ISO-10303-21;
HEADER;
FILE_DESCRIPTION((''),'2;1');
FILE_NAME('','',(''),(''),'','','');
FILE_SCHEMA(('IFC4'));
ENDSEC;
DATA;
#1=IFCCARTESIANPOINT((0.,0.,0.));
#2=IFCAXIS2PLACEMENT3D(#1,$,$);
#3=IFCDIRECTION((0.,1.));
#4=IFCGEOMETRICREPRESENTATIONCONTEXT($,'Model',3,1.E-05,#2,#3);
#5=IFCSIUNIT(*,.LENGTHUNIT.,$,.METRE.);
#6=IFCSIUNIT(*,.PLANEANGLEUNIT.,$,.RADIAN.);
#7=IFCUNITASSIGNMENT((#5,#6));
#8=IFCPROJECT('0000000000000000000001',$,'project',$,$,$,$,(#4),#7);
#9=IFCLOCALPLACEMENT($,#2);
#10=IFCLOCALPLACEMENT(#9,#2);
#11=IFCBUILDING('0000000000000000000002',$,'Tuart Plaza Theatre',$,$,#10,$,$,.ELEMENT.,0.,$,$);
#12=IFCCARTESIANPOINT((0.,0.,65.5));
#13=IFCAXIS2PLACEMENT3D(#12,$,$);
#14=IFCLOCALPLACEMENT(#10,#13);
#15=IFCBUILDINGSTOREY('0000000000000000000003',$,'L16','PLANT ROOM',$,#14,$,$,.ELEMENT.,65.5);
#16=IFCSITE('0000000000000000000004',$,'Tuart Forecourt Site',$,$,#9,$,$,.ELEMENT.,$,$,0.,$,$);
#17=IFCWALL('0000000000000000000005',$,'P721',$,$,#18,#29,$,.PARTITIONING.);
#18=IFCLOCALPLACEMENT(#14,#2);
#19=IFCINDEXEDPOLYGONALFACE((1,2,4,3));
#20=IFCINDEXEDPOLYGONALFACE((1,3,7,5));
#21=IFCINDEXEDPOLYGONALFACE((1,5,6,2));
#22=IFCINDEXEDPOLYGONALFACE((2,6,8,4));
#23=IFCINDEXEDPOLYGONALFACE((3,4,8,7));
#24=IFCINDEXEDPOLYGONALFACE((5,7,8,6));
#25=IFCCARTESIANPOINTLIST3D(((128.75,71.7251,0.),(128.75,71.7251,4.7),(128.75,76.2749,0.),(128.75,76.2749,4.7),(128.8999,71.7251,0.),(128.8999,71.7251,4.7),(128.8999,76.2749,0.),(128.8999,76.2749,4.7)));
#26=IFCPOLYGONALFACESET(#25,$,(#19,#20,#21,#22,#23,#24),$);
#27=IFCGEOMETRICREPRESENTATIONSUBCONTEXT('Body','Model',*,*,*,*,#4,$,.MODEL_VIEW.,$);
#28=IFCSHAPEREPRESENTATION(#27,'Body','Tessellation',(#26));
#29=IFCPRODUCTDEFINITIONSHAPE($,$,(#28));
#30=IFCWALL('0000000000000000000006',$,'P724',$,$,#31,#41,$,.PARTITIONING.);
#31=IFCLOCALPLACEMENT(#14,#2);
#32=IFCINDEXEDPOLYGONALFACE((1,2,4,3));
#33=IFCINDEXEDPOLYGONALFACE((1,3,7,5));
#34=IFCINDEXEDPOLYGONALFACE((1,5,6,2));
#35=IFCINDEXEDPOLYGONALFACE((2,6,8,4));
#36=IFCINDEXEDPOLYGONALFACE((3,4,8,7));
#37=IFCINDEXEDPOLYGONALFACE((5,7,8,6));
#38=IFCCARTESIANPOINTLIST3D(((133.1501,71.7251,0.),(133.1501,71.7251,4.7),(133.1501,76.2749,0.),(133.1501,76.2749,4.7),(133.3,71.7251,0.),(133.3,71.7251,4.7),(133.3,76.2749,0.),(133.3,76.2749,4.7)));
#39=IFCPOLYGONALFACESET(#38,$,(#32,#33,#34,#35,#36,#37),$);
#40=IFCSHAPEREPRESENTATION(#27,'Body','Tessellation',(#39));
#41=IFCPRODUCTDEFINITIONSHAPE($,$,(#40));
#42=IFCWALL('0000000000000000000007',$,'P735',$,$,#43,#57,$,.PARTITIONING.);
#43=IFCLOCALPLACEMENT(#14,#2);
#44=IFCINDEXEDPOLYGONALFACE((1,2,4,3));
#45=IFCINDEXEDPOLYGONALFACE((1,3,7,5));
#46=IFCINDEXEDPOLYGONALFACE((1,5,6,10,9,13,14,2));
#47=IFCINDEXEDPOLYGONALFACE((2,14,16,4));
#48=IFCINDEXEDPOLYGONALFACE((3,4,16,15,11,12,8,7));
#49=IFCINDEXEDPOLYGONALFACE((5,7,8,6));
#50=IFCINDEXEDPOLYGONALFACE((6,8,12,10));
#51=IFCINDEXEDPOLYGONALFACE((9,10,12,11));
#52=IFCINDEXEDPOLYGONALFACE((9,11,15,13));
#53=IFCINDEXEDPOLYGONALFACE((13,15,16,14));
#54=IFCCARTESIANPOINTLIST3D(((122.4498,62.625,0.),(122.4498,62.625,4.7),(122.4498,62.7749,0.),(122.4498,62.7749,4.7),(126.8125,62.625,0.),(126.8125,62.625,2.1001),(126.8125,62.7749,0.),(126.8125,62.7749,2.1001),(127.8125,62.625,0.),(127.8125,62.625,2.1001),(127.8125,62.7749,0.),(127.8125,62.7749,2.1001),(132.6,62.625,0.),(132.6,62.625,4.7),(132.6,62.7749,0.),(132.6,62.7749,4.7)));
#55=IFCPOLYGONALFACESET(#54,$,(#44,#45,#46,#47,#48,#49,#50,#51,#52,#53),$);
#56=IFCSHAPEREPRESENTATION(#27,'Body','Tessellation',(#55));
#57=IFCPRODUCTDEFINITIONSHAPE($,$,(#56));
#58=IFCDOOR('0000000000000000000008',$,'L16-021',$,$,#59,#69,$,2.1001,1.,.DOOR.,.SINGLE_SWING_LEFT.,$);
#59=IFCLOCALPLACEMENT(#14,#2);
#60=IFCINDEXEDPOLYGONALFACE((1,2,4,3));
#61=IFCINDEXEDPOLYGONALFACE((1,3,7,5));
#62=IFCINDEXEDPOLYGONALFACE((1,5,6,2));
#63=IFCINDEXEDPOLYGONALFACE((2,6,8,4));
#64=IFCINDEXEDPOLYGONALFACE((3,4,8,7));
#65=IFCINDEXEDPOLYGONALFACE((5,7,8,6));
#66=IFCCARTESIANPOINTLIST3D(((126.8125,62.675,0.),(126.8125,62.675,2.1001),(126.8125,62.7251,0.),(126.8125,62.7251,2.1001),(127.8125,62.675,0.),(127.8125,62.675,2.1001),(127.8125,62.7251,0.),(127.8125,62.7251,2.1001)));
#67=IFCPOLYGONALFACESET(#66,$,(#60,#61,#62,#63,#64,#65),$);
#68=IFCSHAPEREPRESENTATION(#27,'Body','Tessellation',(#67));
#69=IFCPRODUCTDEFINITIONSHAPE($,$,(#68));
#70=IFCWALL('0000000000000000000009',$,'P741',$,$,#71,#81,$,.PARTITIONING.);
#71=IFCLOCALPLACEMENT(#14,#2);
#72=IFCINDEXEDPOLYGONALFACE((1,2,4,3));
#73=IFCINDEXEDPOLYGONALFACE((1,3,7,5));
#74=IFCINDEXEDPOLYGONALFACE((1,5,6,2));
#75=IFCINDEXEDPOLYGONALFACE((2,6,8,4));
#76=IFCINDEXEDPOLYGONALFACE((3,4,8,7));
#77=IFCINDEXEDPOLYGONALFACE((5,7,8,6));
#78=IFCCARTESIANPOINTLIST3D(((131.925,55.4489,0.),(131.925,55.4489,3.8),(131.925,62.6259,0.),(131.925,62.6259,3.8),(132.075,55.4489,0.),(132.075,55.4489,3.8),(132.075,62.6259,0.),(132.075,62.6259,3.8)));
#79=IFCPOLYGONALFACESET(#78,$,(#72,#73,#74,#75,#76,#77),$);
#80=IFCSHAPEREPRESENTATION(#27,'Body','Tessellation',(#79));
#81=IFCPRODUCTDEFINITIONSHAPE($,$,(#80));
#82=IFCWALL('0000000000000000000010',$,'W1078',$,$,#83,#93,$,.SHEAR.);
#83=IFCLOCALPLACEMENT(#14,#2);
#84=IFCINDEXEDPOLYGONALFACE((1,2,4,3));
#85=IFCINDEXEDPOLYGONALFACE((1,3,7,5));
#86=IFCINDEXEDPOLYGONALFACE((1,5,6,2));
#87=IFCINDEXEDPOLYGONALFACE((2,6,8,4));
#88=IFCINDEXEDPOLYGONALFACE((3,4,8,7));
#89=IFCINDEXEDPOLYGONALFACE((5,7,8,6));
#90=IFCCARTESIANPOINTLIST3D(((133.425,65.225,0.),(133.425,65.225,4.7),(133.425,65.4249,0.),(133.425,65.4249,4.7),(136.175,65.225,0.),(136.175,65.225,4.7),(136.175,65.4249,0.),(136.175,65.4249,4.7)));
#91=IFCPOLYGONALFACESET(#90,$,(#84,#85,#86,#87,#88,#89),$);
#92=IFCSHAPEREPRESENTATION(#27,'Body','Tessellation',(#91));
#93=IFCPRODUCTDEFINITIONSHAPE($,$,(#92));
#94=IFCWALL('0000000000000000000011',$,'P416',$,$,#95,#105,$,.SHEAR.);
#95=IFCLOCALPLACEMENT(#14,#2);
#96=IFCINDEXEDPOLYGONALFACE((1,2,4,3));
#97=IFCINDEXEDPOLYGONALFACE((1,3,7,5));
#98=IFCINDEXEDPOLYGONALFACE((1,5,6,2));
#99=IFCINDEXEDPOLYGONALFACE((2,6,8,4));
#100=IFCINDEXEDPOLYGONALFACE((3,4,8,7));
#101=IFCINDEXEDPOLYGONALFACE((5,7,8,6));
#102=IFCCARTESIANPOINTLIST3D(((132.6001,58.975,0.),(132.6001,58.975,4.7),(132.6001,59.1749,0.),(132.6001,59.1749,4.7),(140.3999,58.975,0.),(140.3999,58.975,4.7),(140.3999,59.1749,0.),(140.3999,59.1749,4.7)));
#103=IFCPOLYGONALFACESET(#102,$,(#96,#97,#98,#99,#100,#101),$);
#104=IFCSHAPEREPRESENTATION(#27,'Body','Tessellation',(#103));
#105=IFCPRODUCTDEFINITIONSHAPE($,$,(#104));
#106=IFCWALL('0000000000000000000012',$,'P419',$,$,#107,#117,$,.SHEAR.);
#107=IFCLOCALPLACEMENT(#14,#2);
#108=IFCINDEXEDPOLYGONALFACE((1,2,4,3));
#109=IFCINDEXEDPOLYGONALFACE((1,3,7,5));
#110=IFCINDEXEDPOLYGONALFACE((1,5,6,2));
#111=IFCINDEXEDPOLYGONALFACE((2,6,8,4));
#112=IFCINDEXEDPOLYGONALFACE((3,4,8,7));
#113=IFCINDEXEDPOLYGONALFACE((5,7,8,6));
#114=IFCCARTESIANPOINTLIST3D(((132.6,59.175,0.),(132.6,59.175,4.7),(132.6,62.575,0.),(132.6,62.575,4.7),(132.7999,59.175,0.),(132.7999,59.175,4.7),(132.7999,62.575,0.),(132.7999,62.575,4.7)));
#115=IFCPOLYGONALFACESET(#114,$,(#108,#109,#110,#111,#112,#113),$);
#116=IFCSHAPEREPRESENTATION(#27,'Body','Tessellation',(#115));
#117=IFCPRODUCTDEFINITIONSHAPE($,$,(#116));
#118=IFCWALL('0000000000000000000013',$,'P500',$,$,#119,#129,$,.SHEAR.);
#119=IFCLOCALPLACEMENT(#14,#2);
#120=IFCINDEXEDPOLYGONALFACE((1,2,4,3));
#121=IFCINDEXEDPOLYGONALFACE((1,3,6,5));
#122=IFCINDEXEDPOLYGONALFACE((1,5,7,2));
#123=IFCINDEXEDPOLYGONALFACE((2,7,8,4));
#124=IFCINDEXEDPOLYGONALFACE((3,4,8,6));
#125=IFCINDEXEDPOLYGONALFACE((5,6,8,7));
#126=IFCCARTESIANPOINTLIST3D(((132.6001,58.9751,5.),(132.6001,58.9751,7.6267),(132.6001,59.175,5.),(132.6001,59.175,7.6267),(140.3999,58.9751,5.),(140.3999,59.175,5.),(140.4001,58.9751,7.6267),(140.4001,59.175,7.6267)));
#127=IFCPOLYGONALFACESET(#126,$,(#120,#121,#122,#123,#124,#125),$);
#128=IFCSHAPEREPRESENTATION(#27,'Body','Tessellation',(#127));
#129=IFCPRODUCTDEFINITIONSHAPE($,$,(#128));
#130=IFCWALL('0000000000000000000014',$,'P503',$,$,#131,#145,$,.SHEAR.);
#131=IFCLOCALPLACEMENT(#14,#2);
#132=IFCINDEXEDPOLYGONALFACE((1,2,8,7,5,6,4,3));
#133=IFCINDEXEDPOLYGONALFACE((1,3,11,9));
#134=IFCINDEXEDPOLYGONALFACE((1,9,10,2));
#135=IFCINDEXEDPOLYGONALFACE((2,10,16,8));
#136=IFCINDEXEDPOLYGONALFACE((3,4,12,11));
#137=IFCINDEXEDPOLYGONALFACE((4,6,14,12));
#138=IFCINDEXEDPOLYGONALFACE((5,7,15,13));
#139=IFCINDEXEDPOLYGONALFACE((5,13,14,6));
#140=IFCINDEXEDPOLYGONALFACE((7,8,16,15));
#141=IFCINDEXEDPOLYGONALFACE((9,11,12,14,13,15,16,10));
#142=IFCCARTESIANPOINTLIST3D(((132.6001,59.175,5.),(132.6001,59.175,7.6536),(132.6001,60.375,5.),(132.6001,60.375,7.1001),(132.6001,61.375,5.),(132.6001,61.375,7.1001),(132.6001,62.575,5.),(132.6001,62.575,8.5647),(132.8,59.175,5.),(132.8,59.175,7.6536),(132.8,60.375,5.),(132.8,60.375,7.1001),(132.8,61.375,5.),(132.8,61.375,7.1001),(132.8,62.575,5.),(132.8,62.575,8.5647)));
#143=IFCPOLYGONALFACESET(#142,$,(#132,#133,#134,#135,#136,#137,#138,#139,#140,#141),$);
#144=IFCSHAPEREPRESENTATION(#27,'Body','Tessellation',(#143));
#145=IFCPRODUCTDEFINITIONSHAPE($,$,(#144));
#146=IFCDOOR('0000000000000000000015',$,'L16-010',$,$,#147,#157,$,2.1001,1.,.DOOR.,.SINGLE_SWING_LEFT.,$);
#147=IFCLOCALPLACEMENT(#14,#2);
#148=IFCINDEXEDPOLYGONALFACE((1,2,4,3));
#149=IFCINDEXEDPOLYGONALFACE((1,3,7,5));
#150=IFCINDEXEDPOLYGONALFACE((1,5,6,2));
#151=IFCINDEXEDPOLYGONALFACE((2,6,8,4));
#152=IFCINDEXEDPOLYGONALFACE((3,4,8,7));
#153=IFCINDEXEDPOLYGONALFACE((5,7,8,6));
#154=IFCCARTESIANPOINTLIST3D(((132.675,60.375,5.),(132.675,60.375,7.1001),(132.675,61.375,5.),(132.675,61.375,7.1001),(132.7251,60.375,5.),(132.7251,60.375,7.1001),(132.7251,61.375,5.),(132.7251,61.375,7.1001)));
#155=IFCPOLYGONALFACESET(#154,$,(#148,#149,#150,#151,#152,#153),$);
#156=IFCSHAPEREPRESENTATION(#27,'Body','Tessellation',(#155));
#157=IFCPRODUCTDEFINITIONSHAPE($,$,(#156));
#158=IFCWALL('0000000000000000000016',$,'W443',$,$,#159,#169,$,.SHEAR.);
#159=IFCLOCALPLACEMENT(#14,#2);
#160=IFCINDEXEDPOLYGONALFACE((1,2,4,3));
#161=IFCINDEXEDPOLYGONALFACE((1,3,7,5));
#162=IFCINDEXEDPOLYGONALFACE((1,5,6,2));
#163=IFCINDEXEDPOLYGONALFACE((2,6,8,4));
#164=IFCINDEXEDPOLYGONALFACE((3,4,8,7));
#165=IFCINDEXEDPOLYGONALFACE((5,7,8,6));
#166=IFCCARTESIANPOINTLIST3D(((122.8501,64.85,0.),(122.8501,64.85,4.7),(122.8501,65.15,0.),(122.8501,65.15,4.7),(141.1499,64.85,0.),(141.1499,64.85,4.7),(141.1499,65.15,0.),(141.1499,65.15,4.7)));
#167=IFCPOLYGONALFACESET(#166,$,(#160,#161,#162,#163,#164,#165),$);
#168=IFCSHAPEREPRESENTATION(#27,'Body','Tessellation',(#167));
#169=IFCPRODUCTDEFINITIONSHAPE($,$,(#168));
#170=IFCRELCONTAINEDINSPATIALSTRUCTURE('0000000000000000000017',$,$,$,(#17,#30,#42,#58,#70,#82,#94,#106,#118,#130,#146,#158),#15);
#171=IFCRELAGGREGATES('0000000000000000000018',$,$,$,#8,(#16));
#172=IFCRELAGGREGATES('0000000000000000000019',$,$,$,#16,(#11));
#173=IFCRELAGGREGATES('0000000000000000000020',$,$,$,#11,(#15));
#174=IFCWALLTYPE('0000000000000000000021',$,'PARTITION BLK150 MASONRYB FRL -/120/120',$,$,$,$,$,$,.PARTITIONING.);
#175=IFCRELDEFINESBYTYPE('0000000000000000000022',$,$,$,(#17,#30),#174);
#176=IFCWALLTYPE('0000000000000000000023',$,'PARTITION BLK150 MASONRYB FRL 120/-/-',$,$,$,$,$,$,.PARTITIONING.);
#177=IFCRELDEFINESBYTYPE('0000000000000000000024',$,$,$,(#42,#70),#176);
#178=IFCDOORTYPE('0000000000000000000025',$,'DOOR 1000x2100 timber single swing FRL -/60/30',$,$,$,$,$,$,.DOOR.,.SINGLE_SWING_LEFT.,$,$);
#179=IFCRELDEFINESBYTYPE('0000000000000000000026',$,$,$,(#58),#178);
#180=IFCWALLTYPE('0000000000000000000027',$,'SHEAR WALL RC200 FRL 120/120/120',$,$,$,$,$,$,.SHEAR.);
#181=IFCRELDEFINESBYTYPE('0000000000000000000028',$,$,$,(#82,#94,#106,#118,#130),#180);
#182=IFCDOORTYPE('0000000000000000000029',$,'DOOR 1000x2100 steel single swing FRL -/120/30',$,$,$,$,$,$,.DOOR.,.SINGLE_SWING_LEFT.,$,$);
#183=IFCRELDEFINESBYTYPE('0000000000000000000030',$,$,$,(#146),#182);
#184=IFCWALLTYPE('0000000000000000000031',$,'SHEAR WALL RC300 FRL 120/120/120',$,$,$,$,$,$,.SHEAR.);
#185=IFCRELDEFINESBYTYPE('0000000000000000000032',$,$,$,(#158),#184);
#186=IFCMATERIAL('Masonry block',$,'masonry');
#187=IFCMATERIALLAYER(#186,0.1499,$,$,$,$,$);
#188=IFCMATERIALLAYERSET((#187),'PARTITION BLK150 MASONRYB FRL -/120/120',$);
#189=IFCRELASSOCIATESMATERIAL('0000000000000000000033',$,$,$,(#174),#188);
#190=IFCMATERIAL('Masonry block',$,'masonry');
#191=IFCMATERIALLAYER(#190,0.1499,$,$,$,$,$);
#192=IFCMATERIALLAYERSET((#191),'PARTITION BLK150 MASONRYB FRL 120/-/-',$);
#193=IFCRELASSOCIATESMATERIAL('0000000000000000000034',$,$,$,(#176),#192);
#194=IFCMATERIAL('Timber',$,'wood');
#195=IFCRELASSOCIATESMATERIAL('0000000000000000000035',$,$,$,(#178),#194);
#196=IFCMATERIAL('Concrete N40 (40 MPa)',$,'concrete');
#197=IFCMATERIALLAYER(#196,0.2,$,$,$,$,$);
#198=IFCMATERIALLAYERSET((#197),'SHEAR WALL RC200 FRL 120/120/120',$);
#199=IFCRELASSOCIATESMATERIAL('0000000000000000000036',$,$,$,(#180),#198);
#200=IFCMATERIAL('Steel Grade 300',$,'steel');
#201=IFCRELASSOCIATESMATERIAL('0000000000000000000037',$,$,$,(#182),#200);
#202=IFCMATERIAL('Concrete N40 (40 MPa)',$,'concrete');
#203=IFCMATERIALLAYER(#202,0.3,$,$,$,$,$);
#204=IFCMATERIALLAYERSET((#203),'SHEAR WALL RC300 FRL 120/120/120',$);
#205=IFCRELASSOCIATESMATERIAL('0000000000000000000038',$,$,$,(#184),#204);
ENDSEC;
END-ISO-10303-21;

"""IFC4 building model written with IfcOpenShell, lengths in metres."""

from ifc_helpers import new_model, si_unit, direction, frame, frame_2d, origin, place, context, subcontext, project, spatial, polyline, rectangle, outline, extrude, material, layer, layer_set, type_object, element, fill, save


model = new_model("IFC4")

# Units and contexts
model_context = context("Model", 3, precision=1e-05, world=origin(), true_north=direction((0.0, 1.0)))
body_context = subcontext(model_context, "Body", "Model", "MODEL_VIEW")
ifc_project = project(units=[si_unit("LENGTHUNIT", "METRE"), si_unit("PLANEANGLEUNIT", "RADIAN")], contexts=[model_context])

# Site, building, storey
site_placement = place(None, origin())
site = spatial("IfcSite", under=ifc_project, at=site_placement, Name="Tuart Forecourt Site", CompositionType="ELEMENT", RefElevation=0.0)
building_placement = place(site_placement, origin())
building = spatial("IfcBuilding", under=site, at=building_placement, Name="Tuart Plaza Theatre", CompositionType="ELEMENT", ElevationOfRefHeight=0.0)
storey_placement = place(building_placement, frame((0.0, 0.0, 65.5)))
storey = spatial("IfcBuildingStorey", under=building, at=storey_placement, Name="L16", Description="PLANT ROOM", CompositionType="ELEMENT", Elevation=65.5)

# Walls
ifc_material_1 = material(Name="Masonry block", Category="masonry")
ifc_layer_1 = layer(ifc_material_1, 0.1499)
ifc_layer_set_1 = layer_set([ifc_layer_1], Name="PARTITION BLK150 MASONRYB FRL -/120/120")
wall_type_1 = type_object("IfcWallType", Name="PARTITION BLK150 MASONRYB FRL -/120/120", PredefinedType="PARTITIONING", material=ifc_layer_set_1)
for number, where, z_axis, x_axis, name in (
    (1, (128.825, 71.7251, 0.0), (0.0, 0.0, 1.0), (0.0, 1.0, 0.0), "P721"),
    (2, (133.2251, 71.7251, 0.0), (0.0, 0.0, 1.0), (0.0, 1.0, 0.0), "P724"),
):
    element("IfcWall", number, at=place(storey_placement, frame(where, z_axis=z_axis, x_axis=x_axis)), inside=storey, type_object=wall_type_1, Name=name, PredefinedType="PARTITIONING", context=body_context, shape_type="SweptSolid", body=[
        extrude(rectangle(XDim=4.5498, YDim=0.1499, at=frame_2d((2.2749, 0.0))), origin(), (0.0, 0.0, 1.0), 4.7),
    ])

# Wall, opening, door
ifc_material_2 = material(Name="Masonry block", Category="masonry")
ifc_layer_2 = layer(ifc_material_2, 0.1499)
ifc_layer_set_2 = layer_set([ifc_layer_2], Name="PARTITION BLK150 MASONRYB FRL 120/-/-")
wall_type_2 = type_object("IfcWallType", Name="PARTITION BLK150 MASONRYB FRL 120/-/-", PredefinedType="PARTITIONING", material=ifc_layer_set_2)
wall_1_placement = place(storey_placement, frame((132.6001, 62.7, 0.0), z_axis=(0.0, 0.0, 1.0), x_axis=(-1.0, 0.0, 0.0)))
wall_1 = element("IfcWall", 3, at=wall_1_placement, inside=storey, type_object=wall_type_2, Name="P735", PredefinedType="PARTITIONING", context=body_context, shape_type="SweptSolid", body=[
    extrude(rectangle(XDim=10.1501, YDim=0.1499, at=frame_2d((5.0752, 0.0))), origin(), (0.0, 0.0, 1.0), 4.7),
])
opening_1_placement = place(wall_1_placement, frame((4.7876, 0.0, 0.0)))
opening_1 = element("IfcOpeningElement", 4, at=opening_1_placement, cuts=wall_1, PredefinedType="OPENING", context=body_context, shape_type="SweptSolid", body=[
    extrude(rectangle(XDim=1.0, YDim=2.1001, at=frame_2d((0.5, 1.05))), frame((0.0, 0.085, 0.0), z_axis=(0.0, -1.0, 0.0), x_axis=(1.0, 0.0, 0.0)), (0.0, 0.0, 1.0), 0.1699),
])
ifc_material_3 = material(Name="Timber", Category="wood")
door_type_1 = type_object("IfcDoorType", Name="DOOR 1000x2100 timber single swing FRL -/60/30", OperationType="SINGLE_SWING_LEFT", PredefinedType="DOOR", material=ifc_material_3)
door_1_placement = place(opening_1_placement, origin())
door_1 = element("IfcDoor", 5, at=door_1_placement, inside=storey, type_object=door_type_1, Name="L16-021", OperationType="SINGLE_SWING_LEFT", OverallHeight=2.1001, OverallWidth=1.0, PredefinedType="DOOR", context=body_context, shape_type="SweptSolid", body=[
    extrude(rectangle(XDim=1.0, YDim=2.1001, at=frame_2d((0.5, 1.05))), frame((0.0, 0.0249, 0.0), z_axis=(0.0, -1.0, 0.0), x_axis=(1.0, 0.0, 0.0)), (0.0, 0.0, 1.0), 0.05),
])
fill(opening_1, door_1)

# Walls
wall_2_placement = place(storey_placement, frame((132.0, 55.449, 0.0), z_axis=(0.0, 0.0, 1.0), x_axis=(0.0, 1.0, 0.0)))
element("IfcWall", 6, at=wall_2_placement, inside=storey, type_object=wall_type_2, Name="P741", PredefinedType="PARTITIONING", context=body_context, shape_type="SweptSolid", body=[
    extrude(rectangle(XDim=7.177, YDim=0.1499, at=frame_2d((3.5884, 0.0))), origin(), (0.0, 0.0, 1.0), 3.8),
])
ifc_material_4 = material(Name="Concrete N40 (40 MPa)", Category="concrete")
ifc_layer_3 = layer(ifc_material_4, 0.2)
ifc_layer_set_3 = layer_set([ifc_layer_3], Name="SHEAR WALL RC200 FRL 120/120/120")
wall_type_3 = type_object("IfcWallType", Name="SHEAR WALL RC200 FRL 120/120/120", PredefinedType="SHEAR", material=ifc_layer_set_3)
wall_3_placement = place(storey_placement, frame((133.425, 65.325, 0.0), z_axis=(0.0, 0.0, 1.0), x_axis=(1.0, 0.0, 0.0)))
element("IfcWall", 7, at=wall_3_placement, inside=storey, type_object=wall_type_3, Name="W1078", PredefinedType="SHEAR", context=body_context, shape_type="SweptSolid", body=[
    extrude(rectangle(XDim=2.75, YDim=0.2, at=frame_2d((1.375, 0.0))), origin(), (0.0, 0.0, 1.0), 4.7),
])
wall_4_placement = place(storey_placement, frame((132.6001, 59.075, 0.0), z_axis=(0.0, 0.0, 1.0), x_axis=(1.0, 0.0, 0.0)))
element("IfcWall", 8, at=wall_4_placement, inside=storey, type_object=wall_type_3, Name="P416", PredefinedType="SHEAR", context=body_context, shape_type="SweptSolid", body=[
    extrude(rectangle(XDim=7.7998, YDim=0.2, at=frame_2d((3.8999, 0.0))), origin(), (0.0, 0.0, 1.0), 4.7),
])
wall_5_placement = place(storey_placement, frame((132.7, 62.575, 0.0), z_axis=(0.0, 0.0, 1.0), x_axis=(0.0, -1.0, 0.0)))
element("IfcWall", 9, at=wall_5_placement, inside=storey, type_object=wall_type_3, Name="P419", PredefinedType="SHEAR", context=body_context, shape_type="SweptSolid", body=[
    extrude(rectangle(XDim=3.3999, YDim=0.2, at=frame_2d((1.7, 0.0))), origin(), (0.0, 0.0, 1.0), 4.7),
])
wall_6_placement = place(storey_placement, frame((132.6001, 59.075, 5.0), z_axis=(0.0, 0.0, 1.0), x_axis=(1.0, 0.0, 0.0)))
element("IfcWall", 10, at=wall_6_placement, inside=storey, type_object=wall_type_3, Name="P500", PredefinedType="SHEAR", context=body_context, shape_type="SweptSolid", body=[
    extrude(outline(polyline([(0.0, 0.0), (7.7998, 0.0), (7.8, 2.6267), (0.0, 2.6267), (0.0, 0.0)])), frame((0.0, 0.1001, 0.0), z_axis=(0.0, -1.0, 0.0), x_axis=(1.0, 0.0, 0.0)), (0.0, 0.0, 1.0), 0.2),
])

# Wall, opening, door
wall_7_placement = place(storey_placement, frame((132.7, 62.575, 5.0), z_axis=(0.0, 0.0, 1.0), x_axis=(0.0, -1.0, 0.0)))
wall_7 = element("IfcWall", 11, at=wall_7_placement, inside=storey, type_object=wall_type_3, Name="P503", PredefinedType="SHEAR", context=body_context, shape_type="SweptSolid", body=[
    extrude(outline(polyline([(0.0, 0.0), (3.3999, 0.0), (3.3999, 2.6536), (0.0, 3.5647), (0.0, 0.0)])), frame((0.0, 0.1001, 0.0), z_axis=(0.0, -1.0, 0.0), x_axis=(1.0, 0.0, 0.0)), (0.0, 0.0, 1.0), 0.2),
])
opening_2_placement = place(wall_7_placement, frame((1.2, 0.0, 0.0)))
opening_2 = element("IfcOpeningElement", 12, at=opening_2_placement, cuts=wall_7, PredefinedType="OPENING", context=body_context, shape_type="SweptSolid", body=[
    extrude(rectangle(XDim=1.0, YDim=2.1001, at=frame_2d((0.5, 1.05))), frame((0.0, 0.1099, 0.0), z_axis=(0.0, -1.0, 0.0), x_axis=(1.0, 0.0, 0.0)), (0.0, 0.0, 1.0), 0.22),
])
ifc_material_5 = material(Name="Steel Grade 300", Category="steel")
door_type_2 = type_object("IfcDoorType", Name="DOOR 1000x2100 steel single swing FRL -/120/30", OperationType="SINGLE_SWING_LEFT", PredefinedType="DOOR", material=ifc_material_5)
door_2_placement = place(opening_2_placement, frame((1.0, 0.0, 0.0), z_axis=(0.0, 0.0, 1.0), x_axis=(-1.0, 0.0, 0.0)))
door_2 = element("IfcDoor", 13, at=door_2_placement, inside=storey, type_object=door_type_2, Name="L16-010", OperationType="SINGLE_SWING_LEFT", OverallHeight=2.1001, OverallWidth=1.0, PredefinedType="DOOR", context=body_context, shape_type="SweptSolid", body=[
    extrude(rectangle(XDim=1.0, YDim=2.1001, at=frame_2d((0.5, 1.05))), frame((0.0, 0.0249, 0.0), z_axis=(0.0, -1.0, 0.0), x_axis=(1.0, 0.0, 0.0)), (0.0, 0.0, 1.0), 0.05),
])
fill(opening_2, door_2)

# Wall
ifc_material_6 = material(Name="Concrete N40 (40 MPa)", Category="concrete")
ifc_layer_4 = layer(ifc_material_6, 0.3)
ifc_layer_set_4 = layer_set([ifc_layer_4], Name="SHEAR WALL RC300 FRL 120/120/120")
wall_type_4 = type_object("IfcWallType", Name="SHEAR WALL RC300 FRL 120/120/120", PredefinedType="SHEAR", material=ifc_layer_set_4)
wall_8_placement = place(storey_placement, frame((122.8501, 65.0, 0.0), z_axis=(0.0, 0.0, 1.0), x_axis=(1.0, 0.0, 0.0)))
element("IfcWall", 14, at=wall_8_placement, inside=storey, type_object=wall_type_4, Name="W443", PredefinedType="SHEAR", context=body_context, shape_type="SweptSolid", body=[
    extrude(rectangle(XDim=18.2998, YDim=0.3, at=frame_2d((9.1499, 0.0))), origin(), (0.0, 0.0, 1.0), 4.7),
])

save(model, "model.ifc")
